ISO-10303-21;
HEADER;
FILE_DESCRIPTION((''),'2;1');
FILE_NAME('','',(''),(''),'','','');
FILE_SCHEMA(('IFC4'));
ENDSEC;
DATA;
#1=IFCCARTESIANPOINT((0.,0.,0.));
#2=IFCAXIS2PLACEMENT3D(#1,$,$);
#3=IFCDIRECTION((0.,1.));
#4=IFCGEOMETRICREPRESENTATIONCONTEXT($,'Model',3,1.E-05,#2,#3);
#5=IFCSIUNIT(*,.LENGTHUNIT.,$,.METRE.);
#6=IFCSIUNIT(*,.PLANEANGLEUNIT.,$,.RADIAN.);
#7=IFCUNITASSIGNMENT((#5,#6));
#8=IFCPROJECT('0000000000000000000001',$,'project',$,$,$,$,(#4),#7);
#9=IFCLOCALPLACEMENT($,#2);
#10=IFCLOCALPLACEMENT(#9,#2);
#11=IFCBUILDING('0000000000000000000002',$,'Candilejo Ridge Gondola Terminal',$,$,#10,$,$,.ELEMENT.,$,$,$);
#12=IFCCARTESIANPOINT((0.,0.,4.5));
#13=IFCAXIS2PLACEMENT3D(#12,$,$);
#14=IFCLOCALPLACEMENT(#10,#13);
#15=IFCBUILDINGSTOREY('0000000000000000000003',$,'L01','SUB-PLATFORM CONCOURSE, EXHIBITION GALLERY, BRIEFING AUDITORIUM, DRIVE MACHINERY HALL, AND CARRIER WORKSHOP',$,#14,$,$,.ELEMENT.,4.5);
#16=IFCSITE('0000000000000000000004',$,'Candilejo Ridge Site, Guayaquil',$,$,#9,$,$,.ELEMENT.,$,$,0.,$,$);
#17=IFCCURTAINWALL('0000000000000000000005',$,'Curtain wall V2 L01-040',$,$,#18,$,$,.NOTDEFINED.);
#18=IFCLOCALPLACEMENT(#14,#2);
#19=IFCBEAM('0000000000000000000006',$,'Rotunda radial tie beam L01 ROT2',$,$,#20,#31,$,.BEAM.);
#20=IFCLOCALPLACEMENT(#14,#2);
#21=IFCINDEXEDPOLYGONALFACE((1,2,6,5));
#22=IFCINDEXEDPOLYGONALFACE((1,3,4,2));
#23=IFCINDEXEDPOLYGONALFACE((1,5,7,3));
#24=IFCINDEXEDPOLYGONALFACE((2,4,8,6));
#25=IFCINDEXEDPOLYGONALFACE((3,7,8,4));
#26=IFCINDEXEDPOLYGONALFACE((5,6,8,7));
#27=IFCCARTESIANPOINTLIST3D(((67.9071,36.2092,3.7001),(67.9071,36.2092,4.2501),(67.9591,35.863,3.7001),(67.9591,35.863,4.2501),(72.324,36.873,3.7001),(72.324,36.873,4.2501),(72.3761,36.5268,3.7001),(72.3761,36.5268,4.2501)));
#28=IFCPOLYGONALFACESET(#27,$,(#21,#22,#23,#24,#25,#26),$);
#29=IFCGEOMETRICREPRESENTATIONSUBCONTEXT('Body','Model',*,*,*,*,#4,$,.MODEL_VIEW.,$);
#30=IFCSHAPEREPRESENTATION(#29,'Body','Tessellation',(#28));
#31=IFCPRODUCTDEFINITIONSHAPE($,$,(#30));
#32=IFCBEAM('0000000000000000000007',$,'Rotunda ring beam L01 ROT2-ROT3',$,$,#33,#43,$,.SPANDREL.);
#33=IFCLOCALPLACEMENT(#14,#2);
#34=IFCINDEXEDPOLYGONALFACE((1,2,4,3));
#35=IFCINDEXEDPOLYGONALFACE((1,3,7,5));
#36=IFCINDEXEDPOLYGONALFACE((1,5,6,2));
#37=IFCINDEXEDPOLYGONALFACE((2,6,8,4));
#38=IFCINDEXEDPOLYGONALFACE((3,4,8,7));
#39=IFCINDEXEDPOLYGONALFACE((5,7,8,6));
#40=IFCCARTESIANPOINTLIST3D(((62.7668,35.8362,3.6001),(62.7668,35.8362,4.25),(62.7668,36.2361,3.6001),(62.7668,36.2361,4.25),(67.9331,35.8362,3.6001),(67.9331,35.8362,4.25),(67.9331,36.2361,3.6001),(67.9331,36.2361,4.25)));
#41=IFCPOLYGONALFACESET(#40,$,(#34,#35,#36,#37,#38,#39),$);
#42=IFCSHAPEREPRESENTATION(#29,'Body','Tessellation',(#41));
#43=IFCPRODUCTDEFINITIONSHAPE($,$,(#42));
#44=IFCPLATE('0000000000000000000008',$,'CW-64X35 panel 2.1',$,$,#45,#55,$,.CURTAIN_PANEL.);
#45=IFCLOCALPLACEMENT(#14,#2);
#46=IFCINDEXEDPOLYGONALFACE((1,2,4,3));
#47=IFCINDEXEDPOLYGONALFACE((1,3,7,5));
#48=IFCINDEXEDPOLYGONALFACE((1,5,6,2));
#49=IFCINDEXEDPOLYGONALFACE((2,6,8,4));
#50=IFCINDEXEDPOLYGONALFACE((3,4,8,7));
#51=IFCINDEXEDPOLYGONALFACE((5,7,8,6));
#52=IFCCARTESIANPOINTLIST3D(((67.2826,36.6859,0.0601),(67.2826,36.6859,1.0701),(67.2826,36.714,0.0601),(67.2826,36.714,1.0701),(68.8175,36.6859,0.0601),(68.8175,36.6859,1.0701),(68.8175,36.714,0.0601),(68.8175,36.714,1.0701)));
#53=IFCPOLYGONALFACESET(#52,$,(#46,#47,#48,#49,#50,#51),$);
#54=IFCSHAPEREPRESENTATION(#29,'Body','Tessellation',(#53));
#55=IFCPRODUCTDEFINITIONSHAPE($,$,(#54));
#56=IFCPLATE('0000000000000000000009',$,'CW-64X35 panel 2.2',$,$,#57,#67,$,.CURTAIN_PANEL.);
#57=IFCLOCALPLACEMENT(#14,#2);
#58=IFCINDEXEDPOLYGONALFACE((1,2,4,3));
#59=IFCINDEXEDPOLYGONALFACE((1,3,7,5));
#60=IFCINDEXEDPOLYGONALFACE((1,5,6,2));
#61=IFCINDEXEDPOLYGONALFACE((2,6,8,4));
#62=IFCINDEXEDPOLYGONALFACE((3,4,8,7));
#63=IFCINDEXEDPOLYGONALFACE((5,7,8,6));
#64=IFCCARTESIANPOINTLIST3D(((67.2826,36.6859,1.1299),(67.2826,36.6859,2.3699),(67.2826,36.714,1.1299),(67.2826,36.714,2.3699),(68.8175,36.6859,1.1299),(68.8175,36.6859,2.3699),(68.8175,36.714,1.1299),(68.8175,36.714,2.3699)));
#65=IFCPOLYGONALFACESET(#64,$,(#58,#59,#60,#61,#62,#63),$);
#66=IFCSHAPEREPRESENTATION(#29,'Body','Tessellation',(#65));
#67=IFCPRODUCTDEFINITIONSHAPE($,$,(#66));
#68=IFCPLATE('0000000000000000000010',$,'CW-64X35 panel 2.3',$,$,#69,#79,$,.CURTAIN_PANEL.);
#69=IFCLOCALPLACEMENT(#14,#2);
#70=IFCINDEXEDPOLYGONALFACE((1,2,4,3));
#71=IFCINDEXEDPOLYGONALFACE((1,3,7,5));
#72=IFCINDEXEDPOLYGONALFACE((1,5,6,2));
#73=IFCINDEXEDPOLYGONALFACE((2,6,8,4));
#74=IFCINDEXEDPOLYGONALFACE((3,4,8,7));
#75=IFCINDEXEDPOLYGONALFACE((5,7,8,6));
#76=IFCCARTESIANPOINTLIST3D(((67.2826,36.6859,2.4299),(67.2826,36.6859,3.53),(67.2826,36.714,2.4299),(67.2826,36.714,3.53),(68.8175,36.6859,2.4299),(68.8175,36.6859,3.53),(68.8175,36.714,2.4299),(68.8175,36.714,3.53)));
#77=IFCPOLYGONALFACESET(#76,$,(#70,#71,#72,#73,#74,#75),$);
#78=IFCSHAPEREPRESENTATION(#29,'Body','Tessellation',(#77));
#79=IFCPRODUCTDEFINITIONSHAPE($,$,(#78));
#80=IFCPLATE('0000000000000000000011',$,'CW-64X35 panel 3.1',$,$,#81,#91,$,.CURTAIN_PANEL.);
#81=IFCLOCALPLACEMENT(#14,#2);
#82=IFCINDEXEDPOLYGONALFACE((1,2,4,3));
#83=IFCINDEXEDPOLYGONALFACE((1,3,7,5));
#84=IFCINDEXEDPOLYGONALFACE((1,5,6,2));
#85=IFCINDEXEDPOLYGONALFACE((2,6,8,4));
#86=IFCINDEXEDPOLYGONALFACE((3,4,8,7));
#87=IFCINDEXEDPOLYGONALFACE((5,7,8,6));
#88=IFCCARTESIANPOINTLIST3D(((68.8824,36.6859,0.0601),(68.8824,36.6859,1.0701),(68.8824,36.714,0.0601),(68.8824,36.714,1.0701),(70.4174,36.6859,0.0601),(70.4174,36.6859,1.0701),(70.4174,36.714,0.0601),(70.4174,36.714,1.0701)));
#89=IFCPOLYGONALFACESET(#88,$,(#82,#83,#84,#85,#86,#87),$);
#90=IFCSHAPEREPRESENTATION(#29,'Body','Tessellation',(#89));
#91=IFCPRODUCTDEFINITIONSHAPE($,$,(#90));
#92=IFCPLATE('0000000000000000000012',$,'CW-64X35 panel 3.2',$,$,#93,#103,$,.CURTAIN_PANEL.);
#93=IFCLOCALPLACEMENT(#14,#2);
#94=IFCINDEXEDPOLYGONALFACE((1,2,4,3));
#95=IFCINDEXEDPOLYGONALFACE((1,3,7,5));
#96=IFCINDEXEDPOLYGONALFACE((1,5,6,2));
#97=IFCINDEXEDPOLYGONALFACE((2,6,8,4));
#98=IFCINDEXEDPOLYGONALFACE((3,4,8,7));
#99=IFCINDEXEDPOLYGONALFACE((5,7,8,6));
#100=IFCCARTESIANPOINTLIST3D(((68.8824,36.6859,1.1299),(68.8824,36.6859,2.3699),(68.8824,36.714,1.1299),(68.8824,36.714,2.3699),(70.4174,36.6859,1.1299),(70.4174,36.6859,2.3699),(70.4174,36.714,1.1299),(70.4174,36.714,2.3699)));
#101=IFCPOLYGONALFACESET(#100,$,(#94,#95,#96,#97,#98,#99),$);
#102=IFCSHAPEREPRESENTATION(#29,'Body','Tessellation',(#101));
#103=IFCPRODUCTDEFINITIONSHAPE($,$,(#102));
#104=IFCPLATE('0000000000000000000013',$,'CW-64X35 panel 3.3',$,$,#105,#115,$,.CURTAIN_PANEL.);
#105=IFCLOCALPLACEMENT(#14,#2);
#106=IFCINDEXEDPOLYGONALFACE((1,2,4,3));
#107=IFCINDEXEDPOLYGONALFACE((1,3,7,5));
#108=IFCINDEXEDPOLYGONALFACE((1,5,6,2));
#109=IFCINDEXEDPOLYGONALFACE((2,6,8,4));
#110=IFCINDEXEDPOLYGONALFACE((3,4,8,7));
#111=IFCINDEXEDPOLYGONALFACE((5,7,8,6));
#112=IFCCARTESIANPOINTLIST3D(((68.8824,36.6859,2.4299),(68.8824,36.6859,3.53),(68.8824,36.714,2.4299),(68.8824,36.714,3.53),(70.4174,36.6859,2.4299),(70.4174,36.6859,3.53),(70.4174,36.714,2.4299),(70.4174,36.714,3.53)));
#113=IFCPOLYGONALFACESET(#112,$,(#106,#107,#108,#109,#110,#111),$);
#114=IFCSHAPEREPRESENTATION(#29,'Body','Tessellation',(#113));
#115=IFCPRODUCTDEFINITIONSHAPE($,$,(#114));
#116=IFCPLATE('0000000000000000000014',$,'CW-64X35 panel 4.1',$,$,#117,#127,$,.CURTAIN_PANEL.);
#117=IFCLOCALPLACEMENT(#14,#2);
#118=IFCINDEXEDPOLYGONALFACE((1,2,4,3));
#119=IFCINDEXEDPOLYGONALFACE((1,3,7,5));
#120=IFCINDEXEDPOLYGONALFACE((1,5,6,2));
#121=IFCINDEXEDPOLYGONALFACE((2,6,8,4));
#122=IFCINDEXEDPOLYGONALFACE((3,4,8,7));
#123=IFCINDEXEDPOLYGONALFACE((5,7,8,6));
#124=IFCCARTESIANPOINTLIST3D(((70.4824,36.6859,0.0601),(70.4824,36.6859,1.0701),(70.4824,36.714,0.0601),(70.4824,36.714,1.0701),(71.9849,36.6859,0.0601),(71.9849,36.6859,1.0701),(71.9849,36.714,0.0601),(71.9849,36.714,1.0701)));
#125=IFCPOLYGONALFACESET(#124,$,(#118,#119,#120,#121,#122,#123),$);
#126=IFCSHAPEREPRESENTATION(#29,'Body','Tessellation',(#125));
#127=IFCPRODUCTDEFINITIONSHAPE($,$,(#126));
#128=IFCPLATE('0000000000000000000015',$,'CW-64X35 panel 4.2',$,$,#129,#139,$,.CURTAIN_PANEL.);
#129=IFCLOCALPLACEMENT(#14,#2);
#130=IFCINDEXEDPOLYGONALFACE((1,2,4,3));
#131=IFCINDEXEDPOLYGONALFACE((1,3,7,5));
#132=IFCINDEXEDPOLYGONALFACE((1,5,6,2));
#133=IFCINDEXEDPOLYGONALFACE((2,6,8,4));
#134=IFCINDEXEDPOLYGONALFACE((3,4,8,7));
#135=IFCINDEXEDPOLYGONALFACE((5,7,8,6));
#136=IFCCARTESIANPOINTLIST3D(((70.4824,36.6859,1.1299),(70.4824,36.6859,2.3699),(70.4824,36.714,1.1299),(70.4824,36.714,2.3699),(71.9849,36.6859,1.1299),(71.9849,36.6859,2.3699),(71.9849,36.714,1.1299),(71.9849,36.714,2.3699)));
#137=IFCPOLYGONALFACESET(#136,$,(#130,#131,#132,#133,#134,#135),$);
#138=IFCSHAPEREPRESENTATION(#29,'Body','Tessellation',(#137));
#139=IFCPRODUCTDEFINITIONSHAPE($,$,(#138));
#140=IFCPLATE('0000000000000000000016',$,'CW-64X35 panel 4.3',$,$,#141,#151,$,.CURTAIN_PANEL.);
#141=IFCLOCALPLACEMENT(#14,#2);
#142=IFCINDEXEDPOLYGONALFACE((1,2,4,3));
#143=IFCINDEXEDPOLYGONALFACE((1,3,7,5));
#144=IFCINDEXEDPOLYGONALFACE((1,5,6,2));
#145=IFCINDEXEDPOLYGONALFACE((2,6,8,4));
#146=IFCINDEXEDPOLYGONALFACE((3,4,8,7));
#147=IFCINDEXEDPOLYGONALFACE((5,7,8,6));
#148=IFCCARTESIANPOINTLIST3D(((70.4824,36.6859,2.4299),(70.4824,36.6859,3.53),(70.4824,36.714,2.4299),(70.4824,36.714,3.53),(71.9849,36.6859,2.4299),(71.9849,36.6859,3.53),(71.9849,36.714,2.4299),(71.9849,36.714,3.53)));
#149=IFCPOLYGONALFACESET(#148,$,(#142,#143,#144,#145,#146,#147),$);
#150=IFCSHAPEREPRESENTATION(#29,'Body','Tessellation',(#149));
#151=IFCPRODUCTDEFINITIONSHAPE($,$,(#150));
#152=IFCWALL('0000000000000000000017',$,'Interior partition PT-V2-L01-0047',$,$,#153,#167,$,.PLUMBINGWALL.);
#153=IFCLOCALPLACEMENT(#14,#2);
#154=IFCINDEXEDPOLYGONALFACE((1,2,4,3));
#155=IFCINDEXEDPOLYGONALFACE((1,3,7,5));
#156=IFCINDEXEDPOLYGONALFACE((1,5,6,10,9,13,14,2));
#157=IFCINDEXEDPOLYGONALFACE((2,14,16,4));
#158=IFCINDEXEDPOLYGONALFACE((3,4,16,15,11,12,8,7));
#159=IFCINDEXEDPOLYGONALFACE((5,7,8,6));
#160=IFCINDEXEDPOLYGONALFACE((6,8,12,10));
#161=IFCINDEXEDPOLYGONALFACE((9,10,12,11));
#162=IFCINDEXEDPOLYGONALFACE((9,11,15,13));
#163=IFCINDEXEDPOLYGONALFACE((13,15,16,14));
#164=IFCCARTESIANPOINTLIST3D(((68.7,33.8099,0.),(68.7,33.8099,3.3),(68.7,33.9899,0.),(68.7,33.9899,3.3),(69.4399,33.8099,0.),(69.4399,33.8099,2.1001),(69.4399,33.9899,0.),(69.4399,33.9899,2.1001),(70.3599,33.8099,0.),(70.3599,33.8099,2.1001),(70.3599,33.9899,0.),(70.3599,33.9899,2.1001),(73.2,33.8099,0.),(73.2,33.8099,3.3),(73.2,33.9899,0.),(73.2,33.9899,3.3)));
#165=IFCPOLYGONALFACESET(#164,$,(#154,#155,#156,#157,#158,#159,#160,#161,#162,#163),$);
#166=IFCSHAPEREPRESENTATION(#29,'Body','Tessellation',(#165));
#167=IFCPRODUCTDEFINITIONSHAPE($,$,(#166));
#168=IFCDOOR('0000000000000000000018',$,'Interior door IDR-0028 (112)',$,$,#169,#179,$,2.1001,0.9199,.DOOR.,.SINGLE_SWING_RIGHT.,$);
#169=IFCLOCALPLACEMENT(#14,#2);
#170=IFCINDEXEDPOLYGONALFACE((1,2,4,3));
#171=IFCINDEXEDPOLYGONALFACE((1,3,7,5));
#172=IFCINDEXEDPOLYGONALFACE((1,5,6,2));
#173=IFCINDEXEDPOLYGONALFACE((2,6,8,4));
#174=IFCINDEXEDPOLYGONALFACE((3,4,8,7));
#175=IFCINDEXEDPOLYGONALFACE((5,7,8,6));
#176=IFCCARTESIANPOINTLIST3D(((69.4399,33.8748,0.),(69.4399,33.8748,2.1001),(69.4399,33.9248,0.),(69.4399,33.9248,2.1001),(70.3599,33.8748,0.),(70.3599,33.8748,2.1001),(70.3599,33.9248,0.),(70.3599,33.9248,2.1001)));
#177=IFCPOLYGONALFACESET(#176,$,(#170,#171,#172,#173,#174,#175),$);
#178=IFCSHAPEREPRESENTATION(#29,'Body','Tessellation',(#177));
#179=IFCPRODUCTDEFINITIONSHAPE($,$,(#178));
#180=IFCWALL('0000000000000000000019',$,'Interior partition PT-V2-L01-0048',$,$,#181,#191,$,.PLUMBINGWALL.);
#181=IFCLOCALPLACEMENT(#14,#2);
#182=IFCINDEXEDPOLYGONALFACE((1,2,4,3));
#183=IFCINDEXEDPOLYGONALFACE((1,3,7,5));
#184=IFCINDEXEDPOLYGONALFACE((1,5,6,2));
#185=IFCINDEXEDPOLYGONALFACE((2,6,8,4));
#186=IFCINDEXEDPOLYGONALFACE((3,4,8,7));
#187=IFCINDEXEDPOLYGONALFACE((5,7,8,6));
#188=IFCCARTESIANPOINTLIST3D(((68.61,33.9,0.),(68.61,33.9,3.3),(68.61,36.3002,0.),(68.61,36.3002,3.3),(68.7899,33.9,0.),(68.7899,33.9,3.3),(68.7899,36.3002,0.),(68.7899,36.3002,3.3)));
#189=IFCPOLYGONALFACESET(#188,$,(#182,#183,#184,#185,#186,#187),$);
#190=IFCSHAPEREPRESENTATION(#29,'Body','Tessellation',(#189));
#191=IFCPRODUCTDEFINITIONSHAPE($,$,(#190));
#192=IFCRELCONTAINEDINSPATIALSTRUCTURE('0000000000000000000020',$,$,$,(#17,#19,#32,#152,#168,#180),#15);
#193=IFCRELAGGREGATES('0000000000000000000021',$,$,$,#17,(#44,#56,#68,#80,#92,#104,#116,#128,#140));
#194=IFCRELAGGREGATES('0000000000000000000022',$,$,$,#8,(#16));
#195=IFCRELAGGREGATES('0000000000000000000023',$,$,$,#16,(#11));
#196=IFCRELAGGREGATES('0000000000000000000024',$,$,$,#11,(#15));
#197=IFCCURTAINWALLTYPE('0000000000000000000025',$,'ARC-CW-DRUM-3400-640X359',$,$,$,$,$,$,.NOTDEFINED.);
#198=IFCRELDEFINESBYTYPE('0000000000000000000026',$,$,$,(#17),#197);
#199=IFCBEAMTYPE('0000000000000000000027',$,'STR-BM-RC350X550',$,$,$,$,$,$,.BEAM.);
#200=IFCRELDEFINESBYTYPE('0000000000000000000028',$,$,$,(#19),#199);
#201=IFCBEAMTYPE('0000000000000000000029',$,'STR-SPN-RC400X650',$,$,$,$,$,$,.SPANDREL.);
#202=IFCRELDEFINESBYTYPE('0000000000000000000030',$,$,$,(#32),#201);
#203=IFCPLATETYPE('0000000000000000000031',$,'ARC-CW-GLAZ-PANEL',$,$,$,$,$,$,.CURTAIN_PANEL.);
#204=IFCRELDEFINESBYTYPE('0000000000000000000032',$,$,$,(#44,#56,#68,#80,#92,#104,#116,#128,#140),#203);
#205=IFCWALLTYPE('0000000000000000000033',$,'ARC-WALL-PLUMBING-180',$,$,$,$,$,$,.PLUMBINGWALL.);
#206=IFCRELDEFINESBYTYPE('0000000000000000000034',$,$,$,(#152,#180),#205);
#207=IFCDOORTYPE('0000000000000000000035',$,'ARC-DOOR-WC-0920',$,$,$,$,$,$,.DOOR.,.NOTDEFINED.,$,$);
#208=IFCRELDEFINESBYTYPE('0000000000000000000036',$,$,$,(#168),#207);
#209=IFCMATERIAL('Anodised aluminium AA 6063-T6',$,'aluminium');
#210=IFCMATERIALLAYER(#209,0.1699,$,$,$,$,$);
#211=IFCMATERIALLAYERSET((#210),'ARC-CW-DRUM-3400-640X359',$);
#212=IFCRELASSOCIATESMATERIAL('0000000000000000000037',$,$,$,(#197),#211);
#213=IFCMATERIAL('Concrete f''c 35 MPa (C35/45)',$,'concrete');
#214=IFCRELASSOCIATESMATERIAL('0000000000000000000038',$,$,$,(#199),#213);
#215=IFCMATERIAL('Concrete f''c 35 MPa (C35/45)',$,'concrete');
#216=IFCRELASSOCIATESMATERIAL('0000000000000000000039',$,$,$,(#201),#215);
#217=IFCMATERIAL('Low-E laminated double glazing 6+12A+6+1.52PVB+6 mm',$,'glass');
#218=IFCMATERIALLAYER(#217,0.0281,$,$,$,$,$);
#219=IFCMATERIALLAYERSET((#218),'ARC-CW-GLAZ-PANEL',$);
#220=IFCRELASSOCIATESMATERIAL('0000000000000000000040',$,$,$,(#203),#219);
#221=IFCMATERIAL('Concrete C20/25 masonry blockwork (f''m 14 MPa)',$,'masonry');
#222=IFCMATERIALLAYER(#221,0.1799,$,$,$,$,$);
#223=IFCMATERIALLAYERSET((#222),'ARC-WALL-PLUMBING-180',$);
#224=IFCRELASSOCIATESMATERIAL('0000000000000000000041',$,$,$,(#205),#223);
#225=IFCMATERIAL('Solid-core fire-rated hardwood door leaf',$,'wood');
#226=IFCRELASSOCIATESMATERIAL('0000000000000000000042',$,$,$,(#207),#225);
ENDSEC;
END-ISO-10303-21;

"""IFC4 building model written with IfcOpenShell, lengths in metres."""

from ifc_helpers import new_model, si_unit, direction, frame, frame_2d, origin, origin_2d, place, context, subcontext, project, spatial, rectangle, extrude, material, layer, layer_set, material_profile, profile_set, type_object, element, fill, aggregate, save


model = new_model("IFC4")

# Units and contexts
model_context = context("Model", 3, precision=1e-05, world=origin(), true_north=direction((0.0, 1.0)))
body_context = subcontext(model_context, "Body", "Model", "MODEL_VIEW")
ifc_project = project(units=[si_unit("LENGTHUNIT", "METRE"), si_unit("PLANEANGLEUNIT", "RADIAN")], contexts=[model_context])

# Site, building, storey
site_placement = place(None, origin())
site = spatial("IfcSite", under=ifc_project, at=site_placement, Name="Candilejo Ridge Site, Guayaquil", CompositionType="ELEMENT", RefElevation=0.0)
building_placement = place(site_placement, origin())
building = spatial("IfcBuilding", under=site, at=building_placement, Name="Candilejo Ridge Gondola Terminal", CompositionType="ELEMENT")
storey_placement = place(building_placement, frame((0.0, 0.0, 4.5)))
storey = spatial("IfcBuildingStorey", under=building, at=storey_placement, Name="L01", Description="SUB-PLATFORM CONCOURSE, EXHIBITION GALLERY, BRIEFING AUDITORIUM, DRIVE MACHINERY HALL, AND CARRIER WORKSHOP", CompositionType="ELEMENT", Elevation=4.5)

# Curtain wall
ifc_material_1 = material(Name="Anodised aluminium AA 6063-T6", Category="aluminium")
ifc_layer_1 = layer(ifc_material_1, 0.1699)
ifc_layer_set_1 = layer_set([ifc_layer_1], Name="ARC-CW-DRUM-3400-640X359")
curtain_wall_type = type_object("IfcCurtainWallType", Name="ARC-CW-DRUM-3400-640X359", PredefinedType="NOTDEFINED", material=ifc_layer_set_1)
curtain_wall_placement = place(storey_placement, origin())
curtain_wall = element("IfcCurtainWall", 1, at=curtain_wall_placement, inside=storey, type_object=curtain_wall_type, Name="Curtain wall V2 L01-040", PredefinedType="NOTDEFINED")

# Beams
ifc_material_2 = material(Name="Concrete f'c 35 MPa (C35/45)", Category="concrete")
ifc_material_profile_1 = material_profile(ifc_material_2, rectangle(XDim=0.3501, YDim=0.55, at=origin_2d()))
ifc_profile_set_1 = profile_set([ifc_material_profile_1], Name="Concrete f'c 35 MPa (C35/45)")
beam_type_1 = type_object("IfcBeamType", Name="STR-BM-RC350X550", PredefinedType="BEAM", material=ifc_profile_set_1)
beam_1_placement = place(storey_placement, frame((67.9331, 36.0361, 3.9751), z_axis=(0.988895, 0.148618, 0.0), x_axis=(-0.148618, 0.988895, 0.0)))
element("IfcBeam", 2, at=beam_1_placement, inside=storey, type_object=beam_type_1, Name="Rotunda radial tie beam L01 ROT2", PredefinedType="BEAM", context=body_context, shape_type="SweptSolid", body=[
    extrude(rectangle(XDim=0.3501, YDim=0.55, at=origin_2d()), origin(), (0.0, 0.0, 1.0), 4.4666),
])
ifc_material_3 = material(Name="Concrete f'c 35 MPa (C35/45)", Category="concrete")
ifc_material_profile_2 = material_profile(ifc_material_3, rectangle(XDim=0.3999, YDim=0.6499, at=origin_2d()))
ifc_profile_set_2 = profile_set([ifc_material_profile_2], Name="Concrete f'c 35 MPa (C35/45)")
beam_type_2 = type_object("IfcBeamType", Name="STR-SPN-RC400X650", PredefinedType="SPANDREL", material=ifc_profile_set_2)
beam_2_placement = place(storey_placement, frame((67.9331, 36.0361, 3.925), z_axis=(-1.0, 0.0, 0.0), x_axis=(0.0, -1.0, 0.0)))
element("IfcBeam", 3, at=beam_2_placement, inside=storey, type_object=beam_type_2, Name="Rotunda ring beam L01 ROT2-ROT3", PredefinedType="SPANDREL", context=body_context, shape_type="SweptSolid", body=[
    extrude(rectangle(XDim=0.3999, YDim=0.6499, at=origin_2d()), origin(), (0.0, 0.0, 1.0), 5.1663),
])

# Plates
ifc_material_4 = material(Name="Low-E laminated double glazing 6+12A+6+1.52PVB+6 mm", Category="glass")
ifc_layer_2 = layer(ifc_material_4, 0.0281)
ifc_layer_set_2 = layer_set([ifc_layer_2], Name="ARC-CW-GLAZ-PANEL")
plate_type = type_object("IfcPlateType", Name="ARC-CW-GLAZ-PANEL", PredefinedType="CURTAIN_PANEL", material=ifc_layer_set_2)
plate_1_placement = place(storey_placement, frame((68.05, 36.7, 0.0601), z_axis=(0.0, 0.0, 1.0), x_axis=(1.0, 0.0, 0.0)))
plate_1 = element("IfcPlate", 4, at=plate_1_placement, type_object=plate_type, Name="CW-64X35 panel 2.1", PredefinedType="CURTAIN_PANEL", context=body_context, shape_type="SweptSolid", body=[
    extrude(rectangle(XDim=1.5349, YDim=0.0281, at=origin_2d()), origin(), (0.0, 0.0, 1.0), 1.01),
])
plate_2_placement = place(storey_placement, frame((68.05, 36.7, 1.1299), z_axis=(0.0, 0.0, 1.0), x_axis=(1.0, 0.0, 0.0)))
plate_2 = element("IfcPlate", 5, at=plate_2_placement, type_object=plate_type, Name="CW-64X35 panel 2.2", PredefinedType="CURTAIN_PANEL", context=body_context, shape_type="SweptSolid", body=[
    extrude(rectangle(XDim=1.5349, YDim=0.0281, at=origin_2d()), origin(), (0.0, 0.0, 1.0), 1.24),
])
plate_3_placement = place(storey_placement, frame((68.05, 36.7, 2.4299), z_axis=(0.0, 0.0, 1.0), x_axis=(1.0, 0.0, 0.0)))
plate_3 = element("IfcPlate", 6, at=plate_3_placement, type_object=plate_type, Name="CW-64X35 panel 2.3", PredefinedType="CURTAIN_PANEL", context=body_context, shape_type="SweptSolid", body=[
    extrude(rectangle(XDim=1.5349, YDim=0.0281, at=origin_2d()), origin(), (0.0, 0.0, 1.0), 1.1001),
])
plate_4_placement = place(storey_placement, frame((69.6499, 36.7, 0.0601), z_axis=(0.0, 0.0, 1.0), x_axis=(1.0, 0.0, 0.0)))
plate_4 = element("IfcPlate", 7, at=plate_4_placement, type_object=plate_type, Name="CW-64X35 panel 3.1", PredefinedType="CURTAIN_PANEL", context=body_context, shape_type="SweptSolid", body=[
    extrude(rectangle(XDim=1.5349, YDim=0.0281, at=origin_2d()), origin(), (0.0, 0.0, 1.0), 1.01),
])
plate_5_placement = place(storey_placement, frame((69.6499, 36.7, 1.1299), z_axis=(0.0, 0.0, 1.0), x_axis=(1.0, 0.0, 0.0)))
plate_5 = element("IfcPlate", 8, at=plate_5_placement, type_object=plate_type, Name="CW-64X35 panel 3.2", PredefinedType="CURTAIN_PANEL", context=body_context, shape_type="SweptSolid", body=[
    extrude(rectangle(XDim=1.5349, YDim=0.0281, at=origin_2d()), origin(), (0.0, 0.0, 1.0), 1.24),
])
plate_6_placement = place(storey_placement, frame((69.6499, 36.7, 2.4299), z_axis=(0.0, 0.0, 1.0), x_axis=(1.0, 0.0, 0.0)))
plate_6 = element("IfcPlate", 9, at=plate_6_placement, type_object=plate_type, Name="CW-64X35 panel 3.3", PredefinedType="CURTAIN_PANEL", context=body_context, shape_type="SweptSolid", body=[
    extrude(rectangle(XDim=1.5349, YDim=0.0281, at=origin_2d()), origin(), (0.0, 0.0, 1.0), 1.1001),
])
plate_7_placement = place(storey_placement, frame((71.2336, 36.7, 0.0601), z_axis=(0.0, 0.0, 1.0), x_axis=(1.0, 0.0, 0.0)))
plate_7 = element("IfcPlate", 10, at=plate_7_placement, type_object=plate_type, Name="CW-64X35 panel 4.1", PredefinedType="CURTAIN_PANEL", context=body_context, shape_type="SweptSolid", body=[
    extrude(rectangle(XDim=1.5024, YDim=0.0281, at=origin_2d()), origin(), (0.0, 0.0, 1.0), 1.01),
])
plate_8_placement = place(storey_placement, frame((71.2336, 36.7, 1.1299), z_axis=(0.0, 0.0, 1.0), x_axis=(1.0, 0.0, 0.0)))
plate_8 = element("IfcPlate", 11, at=plate_8_placement, type_object=plate_type, Name="CW-64X35 panel 4.2", PredefinedType="CURTAIN_PANEL", context=body_context, shape_type="SweptSolid", body=[
    extrude(rectangle(XDim=1.5024, YDim=0.0281, at=origin_2d()), origin(), (0.0, 0.0, 1.0), 1.24),
])
plate_9_placement = place(storey_placement, frame((71.2336, 36.7, 2.4299), z_axis=(0.0, 0.0, 1.0), x_axis=(1.0, 0.0, 0.0)))
plate_9 = element("IfcPlate", 12, at=plate_9_placement, type_object=plate_type, Name="CW-64X35 panel 4.3", PredefinedType="CURTAIN_PANEL", context=body_context, shape_type="SweptSolid", body=[
    extrude(rectangle(XDim=1.5024, YDim=0.0281, at=origin_2d()), origin(), (0.0, 0.0, 1.0), 1.1001),
])
aggregate(curtain_wall, [plate_1, plate_2, plate_3, plate_4, plate_5, plate_6, plate_7, plate_8, plate_9])

# Wall, opening, door
ifc_material_5 = material(Name="Concrete C20/25 masonry blockwork (f'm 14 MPa)", Category="masonry")
ifc_layer_3 = layer(ifc_material_5, 0.1799)
ifc_layer_set_3 = layer_set([ifc_layer_3], Name="ARC-WALL-PLUMBING-180")
wall_type = type_object("IfcWallType", Name="ARC-WALL-PLUMBING-180", PredefinedType="PLUMBINGWALL", material=ifc_layer_set_3)
wall_1_placement = place(storey_placement, frame((68.7, 33.8999, 0.0), z_axis=(0.0, 0.0, 1.0), x_axis=(1.0, 0.0, 0.0)))
wall_1 = element("IfcWall", 13, at=wall_1_placement, inside=storey, type_object=wall_type, Name="Interior partition PT-V2-L01-0047", PredefinedType="PLUMBINGWALL", context=body_context, shape_type="SweptSolid", body=[
    extrude(rectangle(XDim=4.5, YDim=0.1799, at=frame_2d((2.25, 0.0))), origin(), (0.0, 0.0, 1.0), 3.3),
])
opening_placement = place(wall_1_placement, frame((0.74, 0.0, 0.0)))
opening = element("IfcOpeningElement", 14, at=opening_placement, cuts=wall_1, PredefinedType="OPENING", context=body_context, shape_type="SweptSolid", body=[
    extrude(rectangle(XDim=0.9199, YDim=2.1001, at=frame_2d((0.46, 1.05))), frame((0.0, 0.0999, 0.0), z_axis=(0.0, -1.0, 0.0), x_axis=(1.0, 0.0, 0.0)), (0.0, 0.0, 1.0), 0.2),
])
ifc_material_6 = material(Name="Solid-core fire-rated hardwood door leaf", Category="wood")
door_type = type_object("IfcDoorType", Name="ARC-DOOR-WC-0920", OperationType="NOTDEFINED", PredefinedType="DOOR", material=ifc_material_6)
door_placement = place(opening_placement, origin())
door = element("IfcDoor", 15, at=door_placement, inside=storey, type_object=door_type, Name="Interior door IDR-0028 (112)", OperationType="SINGLE_SWING_RIGHT", OverallHeight=2.1001, OverallWidth=0.9199, PredefinedType="DOOR", context=body_context, shape_type="SweptSolid", body=[
    extrude(rectangle(XDim=0.9199, YDim=2.1001, at=frame_2d((0.46, 1.05))), frame((0.0, 0.0249, 0.0), z_axis=(0.0, -1.0, 0.0), x_axis=(1.0, 0.0, 0.0)), (0.0, 0.0, 1.0), 0.05),
])
fill(opening, door)

# Wall
wall_2_placement = place(storey_placement, frame((68.7, 33.8999, 0.0), z_axis=(0.0, 0.0, 1.0), x_axis=(0.0, 1.0, 0.0)))
element("IfcWall", 16, at=wall_2_placement, inside=storey, type_object=wall_type, Name="Interior partition PT-V2-L01-0048", PredefinedType="PLUMBINGWALL", context=body_context, shape_type="SweptSolid", body=[
    extrude(rectangle(XDim=2.4001, YDim=0.1799, at=frame_2d((1.2002, 0.0))), origin(), (0.0, 0.0, 1.0), 3.3),
])

save(model, "model.ifc")
